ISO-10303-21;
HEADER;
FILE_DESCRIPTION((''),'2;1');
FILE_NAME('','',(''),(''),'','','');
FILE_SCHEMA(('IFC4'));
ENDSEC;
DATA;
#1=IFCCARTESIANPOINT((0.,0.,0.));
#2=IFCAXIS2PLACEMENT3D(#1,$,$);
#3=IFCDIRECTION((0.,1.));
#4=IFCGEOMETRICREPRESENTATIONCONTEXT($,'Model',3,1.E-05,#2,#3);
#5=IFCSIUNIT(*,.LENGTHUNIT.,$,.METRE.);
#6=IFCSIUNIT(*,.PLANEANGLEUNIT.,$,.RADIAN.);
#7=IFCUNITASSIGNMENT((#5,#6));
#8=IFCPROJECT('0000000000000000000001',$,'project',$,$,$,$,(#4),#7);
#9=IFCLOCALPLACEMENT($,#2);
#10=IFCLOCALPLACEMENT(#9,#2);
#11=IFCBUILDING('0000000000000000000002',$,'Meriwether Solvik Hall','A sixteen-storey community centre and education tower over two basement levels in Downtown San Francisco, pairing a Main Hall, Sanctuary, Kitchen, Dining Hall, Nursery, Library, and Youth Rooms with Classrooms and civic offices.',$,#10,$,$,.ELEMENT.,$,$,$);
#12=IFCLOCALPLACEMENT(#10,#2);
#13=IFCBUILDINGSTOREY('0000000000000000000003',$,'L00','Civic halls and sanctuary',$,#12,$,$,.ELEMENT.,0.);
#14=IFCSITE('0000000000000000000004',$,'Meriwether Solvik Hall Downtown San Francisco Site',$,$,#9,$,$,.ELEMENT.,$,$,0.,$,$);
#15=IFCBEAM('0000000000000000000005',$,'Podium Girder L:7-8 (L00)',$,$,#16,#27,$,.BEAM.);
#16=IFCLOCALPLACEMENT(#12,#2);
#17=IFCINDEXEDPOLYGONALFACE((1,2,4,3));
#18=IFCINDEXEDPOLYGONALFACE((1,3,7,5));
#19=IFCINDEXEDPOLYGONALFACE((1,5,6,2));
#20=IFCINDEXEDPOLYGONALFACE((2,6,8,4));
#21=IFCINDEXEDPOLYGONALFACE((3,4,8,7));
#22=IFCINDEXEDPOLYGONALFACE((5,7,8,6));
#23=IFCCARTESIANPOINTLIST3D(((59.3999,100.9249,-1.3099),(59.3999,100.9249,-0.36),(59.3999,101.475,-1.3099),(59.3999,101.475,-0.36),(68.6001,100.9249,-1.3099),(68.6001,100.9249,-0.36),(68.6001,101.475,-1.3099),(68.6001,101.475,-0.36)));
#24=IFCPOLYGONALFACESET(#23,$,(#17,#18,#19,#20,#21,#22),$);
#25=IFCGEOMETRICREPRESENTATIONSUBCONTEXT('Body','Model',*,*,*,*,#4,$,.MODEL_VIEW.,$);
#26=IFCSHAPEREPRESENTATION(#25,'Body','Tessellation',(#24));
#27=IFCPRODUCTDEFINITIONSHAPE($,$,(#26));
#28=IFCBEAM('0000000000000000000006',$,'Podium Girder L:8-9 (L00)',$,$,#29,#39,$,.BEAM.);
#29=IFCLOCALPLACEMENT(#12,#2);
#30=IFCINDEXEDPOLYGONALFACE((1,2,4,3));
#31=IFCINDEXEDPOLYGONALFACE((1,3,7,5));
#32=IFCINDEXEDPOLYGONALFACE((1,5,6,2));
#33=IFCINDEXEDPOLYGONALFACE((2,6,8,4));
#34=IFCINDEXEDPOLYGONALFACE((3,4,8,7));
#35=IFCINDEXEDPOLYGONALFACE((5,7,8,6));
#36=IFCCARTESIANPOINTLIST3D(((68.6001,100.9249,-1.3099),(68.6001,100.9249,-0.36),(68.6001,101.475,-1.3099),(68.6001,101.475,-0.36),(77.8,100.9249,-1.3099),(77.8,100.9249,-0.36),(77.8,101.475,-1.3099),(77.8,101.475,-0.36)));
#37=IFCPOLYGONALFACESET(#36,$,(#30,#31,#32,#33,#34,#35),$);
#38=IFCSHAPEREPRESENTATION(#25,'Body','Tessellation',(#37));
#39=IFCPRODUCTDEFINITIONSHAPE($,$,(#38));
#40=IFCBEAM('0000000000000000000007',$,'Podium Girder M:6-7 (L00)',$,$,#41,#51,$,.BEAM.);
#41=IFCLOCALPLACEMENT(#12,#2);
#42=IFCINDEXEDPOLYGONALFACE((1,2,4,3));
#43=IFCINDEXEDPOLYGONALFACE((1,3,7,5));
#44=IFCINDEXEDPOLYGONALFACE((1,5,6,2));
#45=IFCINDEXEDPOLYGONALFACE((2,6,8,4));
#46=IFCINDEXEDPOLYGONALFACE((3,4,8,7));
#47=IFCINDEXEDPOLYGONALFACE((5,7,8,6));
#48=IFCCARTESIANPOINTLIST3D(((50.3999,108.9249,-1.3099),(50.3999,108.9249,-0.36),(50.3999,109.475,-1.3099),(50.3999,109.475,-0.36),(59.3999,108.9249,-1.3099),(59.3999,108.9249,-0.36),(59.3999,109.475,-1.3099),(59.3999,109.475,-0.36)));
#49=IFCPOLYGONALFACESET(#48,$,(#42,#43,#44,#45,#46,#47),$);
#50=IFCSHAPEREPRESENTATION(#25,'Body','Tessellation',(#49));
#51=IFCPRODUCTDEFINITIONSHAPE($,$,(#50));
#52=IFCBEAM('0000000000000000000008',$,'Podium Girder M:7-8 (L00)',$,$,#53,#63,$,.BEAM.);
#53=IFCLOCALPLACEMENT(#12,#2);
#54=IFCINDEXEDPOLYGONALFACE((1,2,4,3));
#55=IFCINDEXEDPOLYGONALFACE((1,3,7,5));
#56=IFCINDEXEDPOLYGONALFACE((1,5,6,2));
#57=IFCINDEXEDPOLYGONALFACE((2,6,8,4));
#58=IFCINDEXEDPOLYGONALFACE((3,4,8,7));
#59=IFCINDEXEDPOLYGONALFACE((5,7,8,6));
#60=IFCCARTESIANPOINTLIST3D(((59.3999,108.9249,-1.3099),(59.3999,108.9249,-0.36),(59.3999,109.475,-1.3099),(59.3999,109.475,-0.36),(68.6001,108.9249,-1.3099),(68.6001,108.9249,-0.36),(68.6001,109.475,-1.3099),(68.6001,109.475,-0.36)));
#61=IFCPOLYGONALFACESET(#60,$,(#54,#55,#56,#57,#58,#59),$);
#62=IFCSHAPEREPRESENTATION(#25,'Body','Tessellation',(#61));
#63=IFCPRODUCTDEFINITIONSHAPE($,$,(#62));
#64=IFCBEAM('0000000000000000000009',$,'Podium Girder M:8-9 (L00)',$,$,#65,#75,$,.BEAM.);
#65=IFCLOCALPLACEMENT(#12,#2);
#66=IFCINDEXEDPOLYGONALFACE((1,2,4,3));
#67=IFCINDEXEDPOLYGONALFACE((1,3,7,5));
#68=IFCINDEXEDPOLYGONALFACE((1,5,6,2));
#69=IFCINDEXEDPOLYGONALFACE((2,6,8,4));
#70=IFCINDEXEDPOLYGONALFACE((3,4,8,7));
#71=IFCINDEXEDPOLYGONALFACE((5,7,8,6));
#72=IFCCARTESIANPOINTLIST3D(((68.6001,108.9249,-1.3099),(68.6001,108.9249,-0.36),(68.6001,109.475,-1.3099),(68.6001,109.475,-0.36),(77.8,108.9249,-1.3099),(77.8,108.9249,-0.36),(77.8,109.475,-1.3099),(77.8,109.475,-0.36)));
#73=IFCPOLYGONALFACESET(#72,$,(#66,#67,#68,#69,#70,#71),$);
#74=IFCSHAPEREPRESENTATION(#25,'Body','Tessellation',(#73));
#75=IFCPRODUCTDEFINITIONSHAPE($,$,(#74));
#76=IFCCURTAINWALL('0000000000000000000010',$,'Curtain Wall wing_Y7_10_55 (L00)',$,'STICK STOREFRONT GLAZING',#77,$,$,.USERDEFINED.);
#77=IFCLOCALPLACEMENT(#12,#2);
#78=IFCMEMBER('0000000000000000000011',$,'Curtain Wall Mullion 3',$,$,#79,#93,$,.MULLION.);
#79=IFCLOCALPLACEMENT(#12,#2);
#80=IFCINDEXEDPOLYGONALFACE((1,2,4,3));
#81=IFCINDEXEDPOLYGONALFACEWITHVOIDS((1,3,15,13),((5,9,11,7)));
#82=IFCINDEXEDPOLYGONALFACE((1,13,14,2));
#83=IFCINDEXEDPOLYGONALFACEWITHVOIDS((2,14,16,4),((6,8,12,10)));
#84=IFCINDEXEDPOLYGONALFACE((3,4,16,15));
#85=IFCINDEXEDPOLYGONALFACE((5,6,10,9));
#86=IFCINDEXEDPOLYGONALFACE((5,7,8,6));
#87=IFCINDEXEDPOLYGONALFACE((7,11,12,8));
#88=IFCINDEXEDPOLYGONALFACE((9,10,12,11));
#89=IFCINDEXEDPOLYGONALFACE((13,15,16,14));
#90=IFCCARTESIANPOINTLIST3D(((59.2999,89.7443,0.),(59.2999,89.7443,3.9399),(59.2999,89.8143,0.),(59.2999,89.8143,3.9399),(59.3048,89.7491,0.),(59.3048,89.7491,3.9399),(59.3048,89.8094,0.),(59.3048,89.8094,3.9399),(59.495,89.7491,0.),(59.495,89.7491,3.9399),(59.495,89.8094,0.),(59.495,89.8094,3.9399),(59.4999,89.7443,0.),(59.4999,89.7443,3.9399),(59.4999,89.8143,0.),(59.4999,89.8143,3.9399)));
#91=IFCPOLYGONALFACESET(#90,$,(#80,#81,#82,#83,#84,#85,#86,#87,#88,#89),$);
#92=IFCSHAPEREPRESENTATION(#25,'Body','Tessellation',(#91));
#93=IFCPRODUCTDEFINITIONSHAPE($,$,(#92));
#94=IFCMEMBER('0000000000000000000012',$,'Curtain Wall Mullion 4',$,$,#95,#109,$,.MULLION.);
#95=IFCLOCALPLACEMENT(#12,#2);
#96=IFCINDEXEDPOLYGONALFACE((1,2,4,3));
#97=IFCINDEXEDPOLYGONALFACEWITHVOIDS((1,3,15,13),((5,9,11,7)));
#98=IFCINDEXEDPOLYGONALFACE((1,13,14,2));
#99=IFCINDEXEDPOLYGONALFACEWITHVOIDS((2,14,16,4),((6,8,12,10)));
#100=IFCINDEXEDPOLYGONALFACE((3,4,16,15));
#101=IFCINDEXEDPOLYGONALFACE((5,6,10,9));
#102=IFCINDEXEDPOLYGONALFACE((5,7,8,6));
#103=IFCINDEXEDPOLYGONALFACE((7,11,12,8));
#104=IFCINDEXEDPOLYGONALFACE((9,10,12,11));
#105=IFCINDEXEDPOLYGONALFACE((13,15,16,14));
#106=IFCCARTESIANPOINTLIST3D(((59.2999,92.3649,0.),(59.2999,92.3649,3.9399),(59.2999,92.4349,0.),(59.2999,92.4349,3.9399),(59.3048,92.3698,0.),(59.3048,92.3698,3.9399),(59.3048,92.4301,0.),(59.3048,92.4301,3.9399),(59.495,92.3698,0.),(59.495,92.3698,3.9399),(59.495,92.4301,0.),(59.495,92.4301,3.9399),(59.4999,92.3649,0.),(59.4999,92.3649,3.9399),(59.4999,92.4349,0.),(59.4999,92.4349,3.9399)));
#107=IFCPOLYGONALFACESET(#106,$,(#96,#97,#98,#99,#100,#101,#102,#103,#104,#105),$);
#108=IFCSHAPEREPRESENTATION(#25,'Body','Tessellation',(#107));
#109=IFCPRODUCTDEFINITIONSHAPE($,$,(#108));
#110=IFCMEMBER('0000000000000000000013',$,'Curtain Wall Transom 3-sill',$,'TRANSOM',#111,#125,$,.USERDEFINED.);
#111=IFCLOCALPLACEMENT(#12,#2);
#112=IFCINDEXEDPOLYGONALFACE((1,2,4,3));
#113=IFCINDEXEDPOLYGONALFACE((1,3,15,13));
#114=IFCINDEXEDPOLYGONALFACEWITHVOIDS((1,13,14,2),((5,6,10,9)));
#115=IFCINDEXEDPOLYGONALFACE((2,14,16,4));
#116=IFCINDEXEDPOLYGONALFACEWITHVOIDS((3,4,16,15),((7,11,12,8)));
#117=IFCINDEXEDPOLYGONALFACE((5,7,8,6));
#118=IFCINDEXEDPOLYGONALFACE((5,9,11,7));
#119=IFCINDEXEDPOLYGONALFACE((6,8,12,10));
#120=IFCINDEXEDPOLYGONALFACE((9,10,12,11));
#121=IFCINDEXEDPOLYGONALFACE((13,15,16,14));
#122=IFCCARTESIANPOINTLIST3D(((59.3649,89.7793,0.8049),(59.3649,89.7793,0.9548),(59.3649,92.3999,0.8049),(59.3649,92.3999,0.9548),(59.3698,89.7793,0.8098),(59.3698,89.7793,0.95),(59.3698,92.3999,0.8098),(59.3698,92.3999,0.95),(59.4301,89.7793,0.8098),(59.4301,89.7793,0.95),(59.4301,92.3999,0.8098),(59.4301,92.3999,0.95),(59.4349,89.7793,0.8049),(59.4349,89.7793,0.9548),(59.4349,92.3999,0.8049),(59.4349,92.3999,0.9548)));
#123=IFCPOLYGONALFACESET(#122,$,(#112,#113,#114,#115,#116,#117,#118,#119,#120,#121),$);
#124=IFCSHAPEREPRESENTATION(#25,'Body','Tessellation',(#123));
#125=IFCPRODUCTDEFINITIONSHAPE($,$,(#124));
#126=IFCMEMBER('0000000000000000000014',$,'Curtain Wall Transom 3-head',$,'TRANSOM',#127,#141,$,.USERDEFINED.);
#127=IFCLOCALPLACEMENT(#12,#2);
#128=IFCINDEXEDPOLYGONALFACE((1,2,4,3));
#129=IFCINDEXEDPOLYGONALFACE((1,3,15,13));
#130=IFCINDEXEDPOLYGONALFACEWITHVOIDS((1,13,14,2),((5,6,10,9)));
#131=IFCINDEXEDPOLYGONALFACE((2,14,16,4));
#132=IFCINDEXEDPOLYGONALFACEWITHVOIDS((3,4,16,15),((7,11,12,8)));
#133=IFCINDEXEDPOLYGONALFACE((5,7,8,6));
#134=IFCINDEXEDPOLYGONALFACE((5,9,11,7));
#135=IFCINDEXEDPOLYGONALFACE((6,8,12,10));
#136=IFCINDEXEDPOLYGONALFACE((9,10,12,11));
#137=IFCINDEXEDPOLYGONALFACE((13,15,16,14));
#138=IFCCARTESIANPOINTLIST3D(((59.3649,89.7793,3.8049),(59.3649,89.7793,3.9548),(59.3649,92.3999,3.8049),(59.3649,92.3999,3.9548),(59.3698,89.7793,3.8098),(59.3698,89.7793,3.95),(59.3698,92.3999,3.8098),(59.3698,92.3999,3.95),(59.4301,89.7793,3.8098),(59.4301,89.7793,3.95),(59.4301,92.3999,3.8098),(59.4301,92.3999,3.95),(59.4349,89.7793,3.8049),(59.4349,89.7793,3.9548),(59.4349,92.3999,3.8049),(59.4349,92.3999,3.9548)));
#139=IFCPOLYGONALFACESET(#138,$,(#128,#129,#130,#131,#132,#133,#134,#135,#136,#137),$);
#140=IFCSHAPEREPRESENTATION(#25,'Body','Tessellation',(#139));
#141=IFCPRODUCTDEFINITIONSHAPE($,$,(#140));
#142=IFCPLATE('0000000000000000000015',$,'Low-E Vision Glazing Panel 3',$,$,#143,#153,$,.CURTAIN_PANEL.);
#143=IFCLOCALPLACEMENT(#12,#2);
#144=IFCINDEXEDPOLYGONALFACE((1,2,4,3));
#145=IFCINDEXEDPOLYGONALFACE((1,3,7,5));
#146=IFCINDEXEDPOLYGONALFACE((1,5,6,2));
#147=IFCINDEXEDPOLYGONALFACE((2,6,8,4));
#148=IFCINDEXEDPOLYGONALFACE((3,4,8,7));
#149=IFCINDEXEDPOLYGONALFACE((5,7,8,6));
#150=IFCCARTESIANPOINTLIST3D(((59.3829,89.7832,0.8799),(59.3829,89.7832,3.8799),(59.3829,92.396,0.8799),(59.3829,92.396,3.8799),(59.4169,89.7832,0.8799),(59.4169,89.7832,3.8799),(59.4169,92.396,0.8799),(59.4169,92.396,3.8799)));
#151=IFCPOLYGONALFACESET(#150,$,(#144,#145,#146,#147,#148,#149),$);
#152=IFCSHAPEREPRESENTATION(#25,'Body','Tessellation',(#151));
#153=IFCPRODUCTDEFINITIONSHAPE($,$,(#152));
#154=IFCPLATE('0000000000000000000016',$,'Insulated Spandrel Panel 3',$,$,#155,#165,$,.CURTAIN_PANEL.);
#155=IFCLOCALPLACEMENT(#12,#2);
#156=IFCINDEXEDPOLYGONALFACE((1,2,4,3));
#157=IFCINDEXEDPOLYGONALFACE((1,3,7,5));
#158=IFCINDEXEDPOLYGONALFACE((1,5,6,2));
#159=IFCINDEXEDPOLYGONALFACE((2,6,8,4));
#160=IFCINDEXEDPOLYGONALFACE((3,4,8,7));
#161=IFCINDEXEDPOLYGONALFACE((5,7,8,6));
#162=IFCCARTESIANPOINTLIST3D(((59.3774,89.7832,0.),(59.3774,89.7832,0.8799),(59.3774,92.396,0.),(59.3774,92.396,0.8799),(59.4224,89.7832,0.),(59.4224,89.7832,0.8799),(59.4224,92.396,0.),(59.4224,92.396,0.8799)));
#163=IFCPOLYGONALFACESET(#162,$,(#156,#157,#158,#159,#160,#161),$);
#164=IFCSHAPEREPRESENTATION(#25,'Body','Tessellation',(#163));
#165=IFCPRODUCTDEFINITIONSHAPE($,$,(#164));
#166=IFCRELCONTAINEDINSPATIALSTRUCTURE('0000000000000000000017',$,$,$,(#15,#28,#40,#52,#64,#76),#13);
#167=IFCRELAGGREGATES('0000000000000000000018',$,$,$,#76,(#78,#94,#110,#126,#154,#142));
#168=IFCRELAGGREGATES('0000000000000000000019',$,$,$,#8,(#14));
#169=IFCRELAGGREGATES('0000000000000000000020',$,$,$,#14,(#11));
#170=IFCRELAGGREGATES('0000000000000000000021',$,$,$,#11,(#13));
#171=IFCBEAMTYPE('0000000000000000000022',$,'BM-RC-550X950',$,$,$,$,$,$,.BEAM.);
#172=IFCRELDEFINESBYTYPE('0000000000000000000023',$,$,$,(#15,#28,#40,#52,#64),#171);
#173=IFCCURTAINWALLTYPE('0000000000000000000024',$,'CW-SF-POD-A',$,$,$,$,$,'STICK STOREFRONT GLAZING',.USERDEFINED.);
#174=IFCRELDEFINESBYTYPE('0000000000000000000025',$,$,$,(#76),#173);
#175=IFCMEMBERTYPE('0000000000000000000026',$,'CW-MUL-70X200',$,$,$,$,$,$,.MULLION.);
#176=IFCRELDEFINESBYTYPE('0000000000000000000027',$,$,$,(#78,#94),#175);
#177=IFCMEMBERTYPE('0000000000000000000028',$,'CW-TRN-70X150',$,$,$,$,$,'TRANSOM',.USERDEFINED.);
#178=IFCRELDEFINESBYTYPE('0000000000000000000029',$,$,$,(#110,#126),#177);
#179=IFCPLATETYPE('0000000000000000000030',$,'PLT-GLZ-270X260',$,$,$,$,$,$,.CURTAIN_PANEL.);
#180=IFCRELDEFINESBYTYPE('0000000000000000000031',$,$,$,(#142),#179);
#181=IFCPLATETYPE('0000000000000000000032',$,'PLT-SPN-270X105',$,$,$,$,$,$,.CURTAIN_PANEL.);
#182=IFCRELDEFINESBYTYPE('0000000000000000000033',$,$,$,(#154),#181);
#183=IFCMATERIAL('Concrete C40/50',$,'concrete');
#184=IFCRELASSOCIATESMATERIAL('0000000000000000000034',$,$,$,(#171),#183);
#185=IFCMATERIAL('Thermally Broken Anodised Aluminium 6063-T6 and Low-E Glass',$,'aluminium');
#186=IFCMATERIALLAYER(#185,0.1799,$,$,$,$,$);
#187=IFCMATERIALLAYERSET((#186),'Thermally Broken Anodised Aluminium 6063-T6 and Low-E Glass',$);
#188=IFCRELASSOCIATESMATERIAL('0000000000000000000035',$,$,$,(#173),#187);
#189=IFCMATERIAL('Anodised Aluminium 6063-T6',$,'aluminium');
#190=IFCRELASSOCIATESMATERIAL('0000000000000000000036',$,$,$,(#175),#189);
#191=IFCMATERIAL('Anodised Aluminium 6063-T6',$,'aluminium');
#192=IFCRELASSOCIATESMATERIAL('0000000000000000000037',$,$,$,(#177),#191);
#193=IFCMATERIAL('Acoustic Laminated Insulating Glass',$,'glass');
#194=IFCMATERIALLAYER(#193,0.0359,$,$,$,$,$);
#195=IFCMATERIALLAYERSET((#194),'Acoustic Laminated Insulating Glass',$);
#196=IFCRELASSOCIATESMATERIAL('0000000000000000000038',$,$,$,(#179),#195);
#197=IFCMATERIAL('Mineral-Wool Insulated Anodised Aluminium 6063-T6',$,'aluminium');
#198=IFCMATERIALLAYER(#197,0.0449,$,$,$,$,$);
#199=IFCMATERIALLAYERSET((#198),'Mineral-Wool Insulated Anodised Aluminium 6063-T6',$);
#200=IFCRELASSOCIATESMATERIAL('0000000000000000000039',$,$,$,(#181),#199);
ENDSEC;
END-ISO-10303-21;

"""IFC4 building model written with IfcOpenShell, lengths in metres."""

from ifc_helpers import new_model, si_unit, direction, frame, origin, origin_2d, place, context, subcontext, project, spatial, rectangle, hollow_rectangle, extrude, material, layer, layer_set, material_profile, profile_set, type_object, element, aggregate, save


model = new_model("IFC4")

# Units and contexts
model_context = context("Model", 3, precision=1e-05, world=origin(), true_north=direction((0.0, 1.0)))
body_context = subcontext(model_context, "Body", "Model", "MODEL_VIEW")
ifc_project = project(units=[si_unit("LENGTHUNIT", "METRE"), si_unit("PLANEANGLEUNIT", "RADIAN")], contexts=[model_context])

# Site, building, storey
site_placement = place(None, origin())
site = spatial("IfcSite", under=ifc_project, at=site_placement, Name="Meriwether Solvik Hall Downtown San Francisco Site", CompositionType="ELEMENT", RefElevation=0.0)
building_placement = place(site_placement, origin())
building = spatial("IfcBuilding", under=site, at=building_placement, Name="Meriwether Solvik Hall", Description="A sixteen-storey community centre and education tower over two basement levels in Downtown San Francisco, pairing a Main Hall, Sanctuary, Kitchen, Dining Hall, Nursery, Library, and Youth Rooms with Classrooms and civic offices.", CompositionType="ELEMENT")
storey_placement = place(building_placement, origin())
storey = spatial("IfcBuildingStorey", under=building, at=storey_placement, Name="L00", Description="Civic halls and sanctuary", CompositionType="ELEMENT", Elevation=0.0)

# Beams
ifc_material_1 = material(Name="Concrete C40/50", Category="concrete")
ifc_material_profile_1 = material_profile(ifc_material_1, rectangle(XDim=0.55, YDim=0.95, at=origin_2d()), Name="RCB-550X950")
ifc_profile_set_1 = profile_set([ifc_material_profile_1], Name="Concrete C40/50")
beam_type_1 = type_object("IfcBeamType", Name="BM-RC-550X950", PredefinedType="BEAM", material=ifc_profile_set_1)
beam_1_placement = place(storey_placement, frame((59.3999, 101.2, -0.835), z_axis=(1.0, 0.0, 0.0), x_axis=(0.0, 1.0, 0.0)))
element("IfcBeam", 1, at=beam_1_placement, inside=storey, type_object=beam_type_1, Name="Podium Girder L:7-8 (L00)", PredefinedType="BEAM", context=body_context, shape_type="SweptSolid", body=[
    extrude(rectangle(XDim=0.55, YDim=0.95, at=origin_2d()), origin(), (0.0, 0.0, 1.0), 9.2002),
])
beam_2_placement = place(storey_placement, frame((68.6001, 101.2, -0.835), z_axis=(1.0, 0.0, 0.0), x_axis=(0.0, 1.0, 0.0)))
element("IfcBeam", 2, at=beam_2_placement, inside=storey, type_object=beam_type_1, Name="Podium Girder L:8-9 (L00)", PredefinedType="BEAM", context=body_context, shape_type="SweptSolid", body=[
    extrude(rectangle(XDim=0.55, YDim=0.95, at=origin_2d()), origin(), (0.0, 0.0, 1.0), 9.2),
])
beam_3_placement = place(storey_placement, frame((50.3999, 109.2, -0.835), z_axis=(1.0, 0.0, 0.0), x_axis=(0.0, 1.0, 0.0)))
element("IfcBeam", 3, at=beam_3_placement, inside=storey, type_object=beam_type_1, Name="Podium Girder M:6-7 (L00)", PredefinedType="BEAM", context=body_context, shape_type="SweptSolid", body=[
    extrude(rectangle(XDim=0.55, YDim=0.95, at=origin_2d()), origin(), (0.0, 0.0, 1.0), 9.0),
])
beam_4_placement = place(storey_placement, frame((59.3999, 109.2, -0.835), z_axis=(1.0, 0.0, 0.0), x_axis=(0.0, 1.0, 0.0)))
element("IfcBeam", 4, at=beam_4_placement, inside=storey, type_object=beam_type_1, Name="Podium Girder M:7-8 (L00)", PredefinedType="BEAM", context=body_context, shape_type="SweptSolid", body=[
    extrude(rectangle(XDim=0.55, YDim=0.95, at=origin_2d()), origin(), (0.0, 0.0, 1.0), 9.2002),
])
beam_5_placement = place(storey_placement, frame((68.6001, 109.2, -0.835), z_axis=(1.0, 0.0, 0.0), x_axis=(0.0, 1.0, 0.0)))
element("IfcBeam", 5, at=beam_5_placement, inside=storey, type_object=beam_type_1, Name="Podium Girder M:8-9 (L00)", PredefinedType="BEAM", context=body_context, shape_type="SweptSolid", body=[
    extrude(rectangle(XDim=0.55, YDim=0.95, at=origin_2d()), origin(), (0.0, 0.0, 1.0), 9.2),
])

# Curtain wall, members, plates
ifc_material_2 = material(Name="Thermally Broken Anodised Aluminium 6063-T6 and Low-E Glass", Category="aluminium")
ifc_layer_1 = layer(ifc_material_2, 0.1799)
ifc_layer_set_1 = layer_set([ifc_layer_1], Name="Thermally Broken Anodised Aluminium 6063-T6 and Low-E Glass")
curtain_wall_type = type_object("IfcCurtainWallType", Name="CW-SF-POD-A", ElementType="STICK STOREFRONT GLAZING", PredefinedType="USERDEFINED", material=ifc_layer_set_1)
curtain_wall_placement = place(storey_placement, origin())
curtain_wall = element("IfcCurtainWall", 6, at=curtain_wall_placement, inside=storey, type_object=curtain_wall_type, Name="Curtain Wall wing_Y7_10_55 (L00)", ObjectType="STICK STOREFRONT GLAZING", PredefinedType="USERDEFINED")
ifc_material_3 = material(Name="Anodised Aluminium 6063-T6", Category="aluminium")
ifc_material_profile_2 = material_profile(ifc_material_3, hollow_rectangle(XDim=0.0701, YDim=0.2, WallThickness=0.0049, at=origin_2d()), Name="CWM-70X200")
ifc_profile_set_2 = profile_set([ifc_material_profile_2], Name="Anodised Aluminium 6063-T6")
member_type_1 = type_object("IfcMemberType", Name="CW-MUL-70X200", PredefinedType="MULLION", material=ifc_profile_set_2)
member_1_placement = place(storey_placement, frame((59.3999, 89.7793, 0.0), z_axis=(0.0, 0.0, 1.0), x_axis=(0.0, 1.0, 0.0)))
member_1 = element("IfcMember", 7, at=member_1_placement, type_object=member_type_1, Name="Curtain Wall Mullion 3", PredefinedType="MULLION", context=body_context, shape_type="SweptSolid", body=[
    extrude(hollow_rectangle(XDim=0.0701, YDim=0.2, WallThickness=0.0049, at=origin_2d()), origin(), (0.0, 0.0, 1.0), 3.9399),
])
member_2_placement = place(storey_placement, frame((59.3999, 92.3999, 0.0), z_axis=(0.0, 0.0, 1.0), x_axis=(0.0, 1.0, 0.0)))
member_2 = element("IfcMember", 8, at=member_2_placement, type_object=member_type_1, Name="Curtain Wall Mullion 4", PredefinedType="MULLION", context=body_context, shape_type="SweptSolid", body=[
    extrude(hollow_rectangle(XDim=0.0701, YDim=0.2, WallThickness=0.0049, at=origin_2d()), origin(), (0.0, 0.0, 1.0), 3.9399),
])
ifc_material_4 = material(Name="Anodised Aluminium 6063-T6", Category="aluminium")
ifc_material_profile_3 = material_profile(ifc_material_4, hollow_rectangle(XDim=0.0701, YDim=0.1499, WallThickness=0.0049, at=origin_2d()), Name="CWT-70X150")
ifc_profile_set_3 = profile_set([ifc_material_profile_3], Name="Anodised Aluminium 6063-T6")
member_type_2 = type_object("IfcMemberType", Name="CW-TRN-70X150", ElementType="TRANSOM", PredefinedType="USERDEFINED", material=ifc_profile_set_3)
member_3_placement = place(storey_placement, frame((59.3999, 89.7793, 0.8799), z_axis=(0.0, 1.0, 0.0), x_axis=(-1.0, 0.0, 0.0)))
member_3 = element("IfcMember", 9, at=member_3_placement, type_object=member_type_2, Name="Curtain Wall Transom 3-sill", ObjectType="TRANSOM", PredefinedType="USERDEFINED", context=body_context, shape_type="SweptSolid", body=[
    extrude(hollow_rectangle(XDim=0.0701, YDim=0.1499, WallThickness=0.0049, at=origin_2d()), origin(), (0.0, 0.0, 1.0), 2.6206),
])
member_4_placement = place(storey_placement, frame((59.3999, 89.7793, 3.8799), z_axis=(0.0, 1.0, 0.0), x_axis=(-1.0, 0.0, 0.0)))
member_4 = element("IfcMember", 10, at=member_4_placement, type_object=member_type_2, Name="Curtain Wall Transom 3-head", ObjectType="TRANSOM", PredefinedType="USERDEFINED", context=body_context, shape_type="SweptSolid", body=[
    extrude(hollow_rectangle(XDim=0.0701, YDim=0.1499, WallThickness=0.0049, at=origin_2d()), origin(), (0.0, 0.0, 1.0), 2.6206),
])
ifc_material_5 = material(Name="Acoustic Laminated Insulating Glass", Category="glass")
ifc_layer_2 = layer(ifc_material_5, 0.0359)
ifc_layer_set_2 = layer_set([ifc_layer_2], Name="Acoustic Laminated Insulating Glass")
plate_type_1 = type_object("IfcPlateType", Name="PLT-GLZ-270X260", PredefinedType="CURTAIN_PANEL", material=ifc_layer_set_2)
plate_1_placement = place(storey_placement, frame((59.3999, 91.0896, 0.8799), z_axis=(0.0, 0.0, 1.0), x_axis=(0.0, 1.0, 0.0)))
plate_1 = element("IfcPlate", 11, at=plate_1_placement, type_object=plate_type_1, Name="Low-E Vision Glazing Panel 3", PredefinedType="CURTAIN_PANEL", context=body_context, shape_type="SweptSolid", body=[
    extrude(rectangle(XDim=2.6128, YDim=0.0339, at=origin_2d()), origin(), (0.0, 0.0, 1.0), 3.0),
])
ifc_material_6 = material(Name="Mineral-Wool Insulated Anodised Aluminium 6063-T6", Category="aluminium")
ifc_layer_3 = layer(ifc_material_6, 0.0449)
ifc_layer_set_3 = layer_set([ifc_layer_3], Name="Mineral-Wool Insulated Anodised Aluminium 6063-T6")
plate_type_2 = type_object("IfcPlateType", Name="PLT-SPN-270X105", PredefinedType="CURTAIN_PANEL", material=ifc_layer_set_3)
plate_2_placement = place(storey_placement, frame((59.3999, 91.0896, 0.0), z_axis=(0.0, 0.0, 1.0), x_axis=(0.0, 1.0, 0.0)))
plate_2 = element("IfcPlate", 12, at=plate_2_placement, type_object=plate_type_2, Name="Insulated Spandrel Panel 3", PredefinedType="CURTAIN_PANEL", context=body_context, shape_type="SweptSolid", body=[
    extrude(rectangle(XDim=2.6128, YDim=0.0449, at=origin_2d()), origin(), (0.0, 0.0, 1.0), 0.8799),
])
aggregate(curtain_wall, [member_1, member_2, member_3, member_4, plate_2, plate_1])

save(model, "model.ifc")
